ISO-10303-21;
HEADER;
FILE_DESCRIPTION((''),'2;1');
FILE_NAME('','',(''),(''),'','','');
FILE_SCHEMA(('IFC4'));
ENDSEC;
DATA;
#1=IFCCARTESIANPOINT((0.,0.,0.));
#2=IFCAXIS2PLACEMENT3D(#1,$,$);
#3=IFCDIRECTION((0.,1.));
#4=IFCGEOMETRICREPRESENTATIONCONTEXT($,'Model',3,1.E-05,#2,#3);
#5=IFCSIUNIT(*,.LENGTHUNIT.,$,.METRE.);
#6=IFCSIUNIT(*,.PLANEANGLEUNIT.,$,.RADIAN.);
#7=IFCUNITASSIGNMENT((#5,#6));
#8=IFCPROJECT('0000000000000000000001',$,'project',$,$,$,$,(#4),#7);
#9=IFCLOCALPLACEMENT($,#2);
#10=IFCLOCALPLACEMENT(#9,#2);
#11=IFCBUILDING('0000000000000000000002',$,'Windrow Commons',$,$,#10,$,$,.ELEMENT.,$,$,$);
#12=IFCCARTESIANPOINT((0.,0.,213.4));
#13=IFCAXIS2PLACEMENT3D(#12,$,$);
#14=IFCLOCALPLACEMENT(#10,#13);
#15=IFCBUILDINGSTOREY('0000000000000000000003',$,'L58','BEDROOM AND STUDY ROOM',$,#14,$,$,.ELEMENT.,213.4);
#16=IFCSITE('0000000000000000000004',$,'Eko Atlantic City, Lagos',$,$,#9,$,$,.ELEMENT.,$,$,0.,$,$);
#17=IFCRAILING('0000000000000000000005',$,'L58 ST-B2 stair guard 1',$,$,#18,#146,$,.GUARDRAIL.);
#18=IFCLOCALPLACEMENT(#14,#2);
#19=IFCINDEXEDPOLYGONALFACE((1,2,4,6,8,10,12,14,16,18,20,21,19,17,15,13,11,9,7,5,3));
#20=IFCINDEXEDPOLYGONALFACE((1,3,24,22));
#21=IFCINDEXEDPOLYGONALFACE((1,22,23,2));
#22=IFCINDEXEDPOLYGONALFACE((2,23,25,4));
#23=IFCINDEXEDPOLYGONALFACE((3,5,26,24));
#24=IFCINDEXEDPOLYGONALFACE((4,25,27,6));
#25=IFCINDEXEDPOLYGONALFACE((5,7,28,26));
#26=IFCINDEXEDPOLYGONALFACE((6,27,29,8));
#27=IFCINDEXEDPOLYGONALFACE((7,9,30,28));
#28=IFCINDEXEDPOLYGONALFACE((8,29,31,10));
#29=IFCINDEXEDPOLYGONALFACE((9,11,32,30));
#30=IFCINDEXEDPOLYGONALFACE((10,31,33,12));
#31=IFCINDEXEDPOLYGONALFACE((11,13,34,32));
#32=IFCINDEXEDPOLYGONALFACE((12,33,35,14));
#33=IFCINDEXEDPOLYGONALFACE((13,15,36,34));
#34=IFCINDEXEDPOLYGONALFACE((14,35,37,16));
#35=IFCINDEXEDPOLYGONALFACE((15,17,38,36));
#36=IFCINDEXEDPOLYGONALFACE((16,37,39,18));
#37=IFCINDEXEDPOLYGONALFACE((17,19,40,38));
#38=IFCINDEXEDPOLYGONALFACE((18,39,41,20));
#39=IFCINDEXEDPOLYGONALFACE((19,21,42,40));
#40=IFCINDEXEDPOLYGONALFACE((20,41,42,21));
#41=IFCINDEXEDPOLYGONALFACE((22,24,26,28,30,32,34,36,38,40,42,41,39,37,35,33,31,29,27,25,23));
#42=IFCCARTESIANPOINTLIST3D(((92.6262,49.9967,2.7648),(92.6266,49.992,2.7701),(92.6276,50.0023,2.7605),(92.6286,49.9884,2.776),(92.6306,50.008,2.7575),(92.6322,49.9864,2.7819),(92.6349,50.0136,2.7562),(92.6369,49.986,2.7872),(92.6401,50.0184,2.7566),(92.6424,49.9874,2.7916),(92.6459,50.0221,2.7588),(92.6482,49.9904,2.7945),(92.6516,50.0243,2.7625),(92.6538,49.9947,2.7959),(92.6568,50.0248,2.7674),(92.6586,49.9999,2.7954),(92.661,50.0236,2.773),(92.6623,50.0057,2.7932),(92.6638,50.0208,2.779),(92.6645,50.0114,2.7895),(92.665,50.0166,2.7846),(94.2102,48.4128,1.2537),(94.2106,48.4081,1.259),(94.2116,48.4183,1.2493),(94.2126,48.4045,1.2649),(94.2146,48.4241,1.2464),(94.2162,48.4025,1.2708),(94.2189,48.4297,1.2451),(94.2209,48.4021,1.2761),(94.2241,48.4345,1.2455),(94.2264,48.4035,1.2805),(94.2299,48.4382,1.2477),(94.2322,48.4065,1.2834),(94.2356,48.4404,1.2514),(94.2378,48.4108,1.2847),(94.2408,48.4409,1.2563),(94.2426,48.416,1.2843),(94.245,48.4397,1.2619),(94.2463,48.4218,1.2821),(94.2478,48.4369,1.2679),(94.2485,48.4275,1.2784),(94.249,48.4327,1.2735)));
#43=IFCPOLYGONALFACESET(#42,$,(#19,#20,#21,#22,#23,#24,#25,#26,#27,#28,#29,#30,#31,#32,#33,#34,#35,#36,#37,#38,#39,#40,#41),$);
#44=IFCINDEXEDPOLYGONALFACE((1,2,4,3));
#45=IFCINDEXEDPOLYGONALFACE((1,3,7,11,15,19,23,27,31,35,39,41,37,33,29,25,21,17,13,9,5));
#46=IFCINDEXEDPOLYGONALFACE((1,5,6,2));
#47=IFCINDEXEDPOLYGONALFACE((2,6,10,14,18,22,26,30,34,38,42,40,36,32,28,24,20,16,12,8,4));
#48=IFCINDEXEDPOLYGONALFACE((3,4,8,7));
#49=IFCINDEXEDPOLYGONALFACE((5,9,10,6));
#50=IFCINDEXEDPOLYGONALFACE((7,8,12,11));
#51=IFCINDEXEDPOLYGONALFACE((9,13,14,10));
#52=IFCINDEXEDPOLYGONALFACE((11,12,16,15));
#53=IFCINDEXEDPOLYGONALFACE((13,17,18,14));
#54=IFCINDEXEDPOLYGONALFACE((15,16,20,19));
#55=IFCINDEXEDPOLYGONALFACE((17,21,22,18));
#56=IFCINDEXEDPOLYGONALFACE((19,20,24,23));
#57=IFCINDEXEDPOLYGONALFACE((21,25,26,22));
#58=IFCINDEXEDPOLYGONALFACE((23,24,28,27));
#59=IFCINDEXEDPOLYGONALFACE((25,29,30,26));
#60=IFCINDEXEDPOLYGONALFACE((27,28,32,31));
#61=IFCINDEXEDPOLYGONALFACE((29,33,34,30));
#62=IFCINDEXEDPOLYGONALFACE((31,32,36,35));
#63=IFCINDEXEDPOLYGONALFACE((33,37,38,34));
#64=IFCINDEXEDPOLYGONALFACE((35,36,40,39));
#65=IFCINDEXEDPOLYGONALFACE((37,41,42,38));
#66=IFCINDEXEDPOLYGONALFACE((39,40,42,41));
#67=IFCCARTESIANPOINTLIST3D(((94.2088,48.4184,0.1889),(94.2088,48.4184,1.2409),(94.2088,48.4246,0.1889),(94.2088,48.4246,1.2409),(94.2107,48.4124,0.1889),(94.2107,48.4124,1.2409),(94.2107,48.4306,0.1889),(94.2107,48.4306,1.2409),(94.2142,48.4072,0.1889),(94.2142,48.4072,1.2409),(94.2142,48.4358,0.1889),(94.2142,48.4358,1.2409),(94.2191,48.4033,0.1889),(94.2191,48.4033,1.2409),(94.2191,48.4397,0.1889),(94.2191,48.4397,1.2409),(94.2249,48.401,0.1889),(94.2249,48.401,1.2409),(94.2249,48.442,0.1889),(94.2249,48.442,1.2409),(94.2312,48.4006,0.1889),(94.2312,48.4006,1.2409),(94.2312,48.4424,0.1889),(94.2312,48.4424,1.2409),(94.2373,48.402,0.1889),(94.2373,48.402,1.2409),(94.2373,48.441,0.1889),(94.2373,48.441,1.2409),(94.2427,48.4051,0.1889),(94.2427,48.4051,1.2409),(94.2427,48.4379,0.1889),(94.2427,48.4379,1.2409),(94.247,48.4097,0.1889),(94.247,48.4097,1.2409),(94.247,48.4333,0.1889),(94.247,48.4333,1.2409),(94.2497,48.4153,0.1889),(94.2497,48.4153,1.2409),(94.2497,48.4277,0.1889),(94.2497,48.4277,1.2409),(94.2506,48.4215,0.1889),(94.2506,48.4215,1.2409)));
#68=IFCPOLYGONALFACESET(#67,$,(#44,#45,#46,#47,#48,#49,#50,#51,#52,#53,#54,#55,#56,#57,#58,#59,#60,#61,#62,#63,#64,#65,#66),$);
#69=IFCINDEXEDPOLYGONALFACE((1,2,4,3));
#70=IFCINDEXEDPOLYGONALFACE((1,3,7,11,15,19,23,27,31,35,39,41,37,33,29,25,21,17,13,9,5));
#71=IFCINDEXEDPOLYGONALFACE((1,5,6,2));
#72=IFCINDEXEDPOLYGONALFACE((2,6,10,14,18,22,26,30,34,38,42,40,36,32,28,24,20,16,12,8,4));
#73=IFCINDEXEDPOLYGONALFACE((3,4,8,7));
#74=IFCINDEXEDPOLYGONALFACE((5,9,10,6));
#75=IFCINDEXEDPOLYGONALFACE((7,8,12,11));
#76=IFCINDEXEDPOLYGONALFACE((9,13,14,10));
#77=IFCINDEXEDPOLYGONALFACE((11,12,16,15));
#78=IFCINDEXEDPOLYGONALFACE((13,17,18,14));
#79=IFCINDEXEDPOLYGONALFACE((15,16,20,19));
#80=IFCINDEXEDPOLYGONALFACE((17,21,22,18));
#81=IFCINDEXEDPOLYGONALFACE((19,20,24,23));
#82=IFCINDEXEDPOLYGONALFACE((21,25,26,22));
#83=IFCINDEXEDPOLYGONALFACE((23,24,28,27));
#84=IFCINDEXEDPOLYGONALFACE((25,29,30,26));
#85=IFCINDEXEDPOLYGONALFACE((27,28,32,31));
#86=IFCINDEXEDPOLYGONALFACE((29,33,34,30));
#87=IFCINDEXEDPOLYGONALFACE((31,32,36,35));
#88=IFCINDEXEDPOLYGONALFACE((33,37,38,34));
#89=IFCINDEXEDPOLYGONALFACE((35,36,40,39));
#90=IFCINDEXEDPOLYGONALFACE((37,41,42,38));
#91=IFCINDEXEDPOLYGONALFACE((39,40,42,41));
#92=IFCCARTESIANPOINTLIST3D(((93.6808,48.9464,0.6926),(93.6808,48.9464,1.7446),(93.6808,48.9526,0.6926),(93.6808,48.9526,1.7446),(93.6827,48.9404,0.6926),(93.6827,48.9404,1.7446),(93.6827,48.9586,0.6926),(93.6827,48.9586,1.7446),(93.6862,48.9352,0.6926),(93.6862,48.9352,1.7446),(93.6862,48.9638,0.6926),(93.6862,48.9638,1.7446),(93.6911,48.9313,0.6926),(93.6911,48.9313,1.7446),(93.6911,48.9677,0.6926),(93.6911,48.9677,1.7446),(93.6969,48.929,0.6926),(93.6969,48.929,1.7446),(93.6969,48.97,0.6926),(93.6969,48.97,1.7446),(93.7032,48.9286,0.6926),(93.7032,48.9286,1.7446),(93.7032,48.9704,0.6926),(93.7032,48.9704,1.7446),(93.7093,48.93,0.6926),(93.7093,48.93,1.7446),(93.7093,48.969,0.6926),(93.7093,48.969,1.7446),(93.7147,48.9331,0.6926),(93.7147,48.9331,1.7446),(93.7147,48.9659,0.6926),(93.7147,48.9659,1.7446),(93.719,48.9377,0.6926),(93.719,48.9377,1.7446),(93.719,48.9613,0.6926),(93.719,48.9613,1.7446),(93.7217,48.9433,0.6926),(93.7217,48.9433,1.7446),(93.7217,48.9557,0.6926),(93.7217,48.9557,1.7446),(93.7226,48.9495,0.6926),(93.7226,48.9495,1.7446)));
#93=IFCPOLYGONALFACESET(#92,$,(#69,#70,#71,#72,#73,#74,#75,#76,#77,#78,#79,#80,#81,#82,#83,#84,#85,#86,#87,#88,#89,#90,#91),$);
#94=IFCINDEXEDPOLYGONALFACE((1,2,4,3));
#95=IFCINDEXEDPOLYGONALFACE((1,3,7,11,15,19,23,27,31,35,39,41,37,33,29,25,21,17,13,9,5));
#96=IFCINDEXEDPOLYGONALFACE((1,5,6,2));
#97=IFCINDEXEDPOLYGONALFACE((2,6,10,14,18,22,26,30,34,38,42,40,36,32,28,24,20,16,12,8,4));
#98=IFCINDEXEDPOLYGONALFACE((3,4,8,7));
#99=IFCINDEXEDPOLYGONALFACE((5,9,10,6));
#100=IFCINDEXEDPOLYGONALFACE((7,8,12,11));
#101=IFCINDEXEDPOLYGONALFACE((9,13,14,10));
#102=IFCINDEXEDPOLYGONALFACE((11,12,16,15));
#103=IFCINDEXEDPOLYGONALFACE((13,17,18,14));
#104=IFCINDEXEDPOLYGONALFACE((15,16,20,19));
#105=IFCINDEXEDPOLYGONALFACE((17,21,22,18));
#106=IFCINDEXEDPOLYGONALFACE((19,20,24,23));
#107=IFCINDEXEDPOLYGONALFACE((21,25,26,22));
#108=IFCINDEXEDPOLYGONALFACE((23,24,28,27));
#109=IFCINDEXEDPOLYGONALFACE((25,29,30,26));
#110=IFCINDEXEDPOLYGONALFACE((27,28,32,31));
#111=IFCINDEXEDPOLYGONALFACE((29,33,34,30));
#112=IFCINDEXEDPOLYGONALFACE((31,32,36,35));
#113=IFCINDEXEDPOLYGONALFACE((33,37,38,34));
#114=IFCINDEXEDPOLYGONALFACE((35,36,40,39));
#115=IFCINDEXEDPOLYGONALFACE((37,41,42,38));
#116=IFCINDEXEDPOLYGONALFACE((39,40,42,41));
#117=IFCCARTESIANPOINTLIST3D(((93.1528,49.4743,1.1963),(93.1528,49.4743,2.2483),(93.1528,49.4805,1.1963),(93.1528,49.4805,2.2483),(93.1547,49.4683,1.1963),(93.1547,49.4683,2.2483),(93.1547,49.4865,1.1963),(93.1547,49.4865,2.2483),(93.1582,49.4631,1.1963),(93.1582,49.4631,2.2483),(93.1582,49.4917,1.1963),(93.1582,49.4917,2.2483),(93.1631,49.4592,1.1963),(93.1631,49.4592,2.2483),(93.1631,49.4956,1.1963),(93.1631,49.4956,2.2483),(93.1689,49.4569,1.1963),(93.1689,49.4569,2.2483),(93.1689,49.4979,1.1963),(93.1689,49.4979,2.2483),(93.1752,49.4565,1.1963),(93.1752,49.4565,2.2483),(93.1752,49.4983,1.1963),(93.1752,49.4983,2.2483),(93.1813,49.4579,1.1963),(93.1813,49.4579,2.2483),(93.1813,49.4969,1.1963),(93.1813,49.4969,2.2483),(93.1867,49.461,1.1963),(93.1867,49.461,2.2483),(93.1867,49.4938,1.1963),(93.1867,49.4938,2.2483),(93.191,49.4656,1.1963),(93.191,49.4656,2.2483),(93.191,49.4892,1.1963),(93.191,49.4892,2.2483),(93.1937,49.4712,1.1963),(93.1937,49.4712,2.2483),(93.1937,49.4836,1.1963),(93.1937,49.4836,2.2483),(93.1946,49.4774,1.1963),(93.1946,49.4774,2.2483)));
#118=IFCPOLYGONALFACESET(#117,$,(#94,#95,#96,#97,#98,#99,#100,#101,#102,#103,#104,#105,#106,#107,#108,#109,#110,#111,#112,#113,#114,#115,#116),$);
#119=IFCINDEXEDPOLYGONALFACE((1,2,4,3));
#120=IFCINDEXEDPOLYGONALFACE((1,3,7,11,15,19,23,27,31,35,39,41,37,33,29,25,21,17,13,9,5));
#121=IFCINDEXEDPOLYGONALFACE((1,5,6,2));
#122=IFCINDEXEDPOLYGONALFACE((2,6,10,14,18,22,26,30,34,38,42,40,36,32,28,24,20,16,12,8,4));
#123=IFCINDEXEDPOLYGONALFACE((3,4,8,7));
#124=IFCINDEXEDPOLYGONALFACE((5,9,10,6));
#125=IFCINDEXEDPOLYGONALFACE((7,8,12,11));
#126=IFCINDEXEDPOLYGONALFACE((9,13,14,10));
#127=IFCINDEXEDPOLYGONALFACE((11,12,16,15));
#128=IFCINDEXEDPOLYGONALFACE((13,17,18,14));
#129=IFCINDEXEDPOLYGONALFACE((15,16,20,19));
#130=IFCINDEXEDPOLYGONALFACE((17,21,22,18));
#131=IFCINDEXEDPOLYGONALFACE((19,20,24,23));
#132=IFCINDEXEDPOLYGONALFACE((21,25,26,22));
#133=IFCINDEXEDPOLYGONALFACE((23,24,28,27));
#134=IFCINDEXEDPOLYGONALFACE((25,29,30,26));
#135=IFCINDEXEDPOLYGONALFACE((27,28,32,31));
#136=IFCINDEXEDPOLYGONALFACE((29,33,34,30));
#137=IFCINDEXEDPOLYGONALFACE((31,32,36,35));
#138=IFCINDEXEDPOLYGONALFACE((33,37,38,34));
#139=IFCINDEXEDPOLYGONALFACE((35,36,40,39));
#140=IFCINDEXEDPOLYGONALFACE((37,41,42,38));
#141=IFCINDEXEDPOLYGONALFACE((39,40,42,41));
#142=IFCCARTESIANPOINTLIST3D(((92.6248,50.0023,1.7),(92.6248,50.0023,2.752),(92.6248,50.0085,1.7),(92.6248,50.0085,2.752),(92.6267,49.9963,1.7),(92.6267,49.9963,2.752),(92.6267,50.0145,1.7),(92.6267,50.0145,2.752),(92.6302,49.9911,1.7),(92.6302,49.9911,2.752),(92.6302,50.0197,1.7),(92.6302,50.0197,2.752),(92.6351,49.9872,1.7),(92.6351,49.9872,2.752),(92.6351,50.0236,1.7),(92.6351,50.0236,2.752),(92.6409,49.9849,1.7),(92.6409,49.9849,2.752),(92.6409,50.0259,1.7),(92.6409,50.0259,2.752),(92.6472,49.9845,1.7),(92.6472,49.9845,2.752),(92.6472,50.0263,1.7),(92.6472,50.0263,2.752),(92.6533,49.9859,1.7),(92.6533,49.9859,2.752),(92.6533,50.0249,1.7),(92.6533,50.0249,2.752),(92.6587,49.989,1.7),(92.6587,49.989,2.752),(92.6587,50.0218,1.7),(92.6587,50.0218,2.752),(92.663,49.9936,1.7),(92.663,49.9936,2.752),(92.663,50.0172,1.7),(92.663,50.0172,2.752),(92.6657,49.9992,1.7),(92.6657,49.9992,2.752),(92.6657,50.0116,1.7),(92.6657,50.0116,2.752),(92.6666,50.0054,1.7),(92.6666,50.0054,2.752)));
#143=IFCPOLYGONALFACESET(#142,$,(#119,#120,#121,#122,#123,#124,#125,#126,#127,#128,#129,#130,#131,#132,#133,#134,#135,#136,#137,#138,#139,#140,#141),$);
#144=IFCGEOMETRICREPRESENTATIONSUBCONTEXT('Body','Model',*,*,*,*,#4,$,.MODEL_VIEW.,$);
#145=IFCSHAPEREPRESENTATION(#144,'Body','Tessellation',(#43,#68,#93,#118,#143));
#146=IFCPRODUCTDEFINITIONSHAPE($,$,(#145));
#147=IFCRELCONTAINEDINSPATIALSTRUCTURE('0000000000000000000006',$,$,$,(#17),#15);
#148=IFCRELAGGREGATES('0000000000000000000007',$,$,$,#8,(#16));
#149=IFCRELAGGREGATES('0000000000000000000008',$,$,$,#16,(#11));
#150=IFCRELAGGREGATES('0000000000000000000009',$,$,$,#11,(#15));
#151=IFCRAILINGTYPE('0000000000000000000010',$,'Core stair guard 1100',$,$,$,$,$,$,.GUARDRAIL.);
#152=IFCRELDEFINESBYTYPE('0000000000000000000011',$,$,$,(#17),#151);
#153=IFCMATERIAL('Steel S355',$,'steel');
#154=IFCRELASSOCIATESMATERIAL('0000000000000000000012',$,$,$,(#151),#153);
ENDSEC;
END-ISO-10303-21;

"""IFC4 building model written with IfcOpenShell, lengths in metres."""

from ifc_helpers import new_model, si_unit, direction, frame, origin, origin_2d, place, context, subcontext, project, spatial, circle, extrude, material, type_object, element, save


model = new_model("IFC4")

# Units and contexts
model_context = context("Model", 3, precision=1e-05, world=origin(), true_north=direction((0.0, 1.0)))
body_context = subcontext(model_context, "Body", "Model", "MODEL_VIEW")
ifc_project = project(units=[si_unit("LENGTHUNIT", "METRE"), si_unit("PLANEANGLEUNIT", "RADIAN")], contexts=[model_context])

# Site, building, storey
site_placement = place(None, origin())
site = spatial("IfcSite", under=ifc_project, at=site_placement, Name="Eko Atlantic City, Lagos", CompositionType="ELEMENT", RefElevation=0.0)
building_placement = place(site_placement, origin())
building = spatial("IfcBuilding", under=site, at=building_placement, Name="Windrow Commons", CompositionType="ELEMENT")
storey_placement = place(building_placement, frame((0.0, 0.0, 213.4)))
storey = spatial("IfcBuildingStorey", under=building, at=storey_placement, Name="L58", Description="BEDROOM AND STUDY ROOM", CompositionType="ELEMENT", Elevation=213.4)

# Railing
ifc_material_1 = material(Name="Steel S355", Category="steel")
railing_type_1 = type_object("IfcRailingType", Name="Core stair guard 1100", PredefinedType="GUARDRAIL", material=ifc_material_1)
railing_1_placement = place(storey_placement, frame((94.2296, 48.4215, 0.1889)))
element("IfcRailing", 1, at=railing_1_placement, inside=storey, type_object=railing_type_1, Name="L58 ST-B2 stair guard 1", PredefinedType="GUARDRAIL", context=body_context, shape_type="SweptSolid", body=[
    extrude(circle(Radius=0.024, at=origin_2d()), frame((0.0, 0.0, 1.076), z_axis=(-0.586216, 0.586179, 0.559237), x_axis=(-0.707084, -0.707129, 0.0)), (0.0, 0.0, 1.0), 2.7021),
    extrude(circle(Radius=0.021, at=origin_2d()), origin(), (0.0, 0.0, 1.0), 1.052),
    extrude(circle(Radius=0.021, at=origin_2d()), frame((-0.528, 0.528, 0.5037)), (0.0, 0.0, 1.0), 1.052),
    extrude(circle(Radius=0.021, at=origin_2d()), frame((-1.056, 1.0559, 1.0074)), (0.0, 0.0, 1.0), 1.052),
    extrude(circle(Radius=0.021, at=origin_2d()), frame((-1.584, 1.5839, 1.5111)), (0.0, 0.0, 1.0), 1.052),
])

save(model, "model.ifc")
